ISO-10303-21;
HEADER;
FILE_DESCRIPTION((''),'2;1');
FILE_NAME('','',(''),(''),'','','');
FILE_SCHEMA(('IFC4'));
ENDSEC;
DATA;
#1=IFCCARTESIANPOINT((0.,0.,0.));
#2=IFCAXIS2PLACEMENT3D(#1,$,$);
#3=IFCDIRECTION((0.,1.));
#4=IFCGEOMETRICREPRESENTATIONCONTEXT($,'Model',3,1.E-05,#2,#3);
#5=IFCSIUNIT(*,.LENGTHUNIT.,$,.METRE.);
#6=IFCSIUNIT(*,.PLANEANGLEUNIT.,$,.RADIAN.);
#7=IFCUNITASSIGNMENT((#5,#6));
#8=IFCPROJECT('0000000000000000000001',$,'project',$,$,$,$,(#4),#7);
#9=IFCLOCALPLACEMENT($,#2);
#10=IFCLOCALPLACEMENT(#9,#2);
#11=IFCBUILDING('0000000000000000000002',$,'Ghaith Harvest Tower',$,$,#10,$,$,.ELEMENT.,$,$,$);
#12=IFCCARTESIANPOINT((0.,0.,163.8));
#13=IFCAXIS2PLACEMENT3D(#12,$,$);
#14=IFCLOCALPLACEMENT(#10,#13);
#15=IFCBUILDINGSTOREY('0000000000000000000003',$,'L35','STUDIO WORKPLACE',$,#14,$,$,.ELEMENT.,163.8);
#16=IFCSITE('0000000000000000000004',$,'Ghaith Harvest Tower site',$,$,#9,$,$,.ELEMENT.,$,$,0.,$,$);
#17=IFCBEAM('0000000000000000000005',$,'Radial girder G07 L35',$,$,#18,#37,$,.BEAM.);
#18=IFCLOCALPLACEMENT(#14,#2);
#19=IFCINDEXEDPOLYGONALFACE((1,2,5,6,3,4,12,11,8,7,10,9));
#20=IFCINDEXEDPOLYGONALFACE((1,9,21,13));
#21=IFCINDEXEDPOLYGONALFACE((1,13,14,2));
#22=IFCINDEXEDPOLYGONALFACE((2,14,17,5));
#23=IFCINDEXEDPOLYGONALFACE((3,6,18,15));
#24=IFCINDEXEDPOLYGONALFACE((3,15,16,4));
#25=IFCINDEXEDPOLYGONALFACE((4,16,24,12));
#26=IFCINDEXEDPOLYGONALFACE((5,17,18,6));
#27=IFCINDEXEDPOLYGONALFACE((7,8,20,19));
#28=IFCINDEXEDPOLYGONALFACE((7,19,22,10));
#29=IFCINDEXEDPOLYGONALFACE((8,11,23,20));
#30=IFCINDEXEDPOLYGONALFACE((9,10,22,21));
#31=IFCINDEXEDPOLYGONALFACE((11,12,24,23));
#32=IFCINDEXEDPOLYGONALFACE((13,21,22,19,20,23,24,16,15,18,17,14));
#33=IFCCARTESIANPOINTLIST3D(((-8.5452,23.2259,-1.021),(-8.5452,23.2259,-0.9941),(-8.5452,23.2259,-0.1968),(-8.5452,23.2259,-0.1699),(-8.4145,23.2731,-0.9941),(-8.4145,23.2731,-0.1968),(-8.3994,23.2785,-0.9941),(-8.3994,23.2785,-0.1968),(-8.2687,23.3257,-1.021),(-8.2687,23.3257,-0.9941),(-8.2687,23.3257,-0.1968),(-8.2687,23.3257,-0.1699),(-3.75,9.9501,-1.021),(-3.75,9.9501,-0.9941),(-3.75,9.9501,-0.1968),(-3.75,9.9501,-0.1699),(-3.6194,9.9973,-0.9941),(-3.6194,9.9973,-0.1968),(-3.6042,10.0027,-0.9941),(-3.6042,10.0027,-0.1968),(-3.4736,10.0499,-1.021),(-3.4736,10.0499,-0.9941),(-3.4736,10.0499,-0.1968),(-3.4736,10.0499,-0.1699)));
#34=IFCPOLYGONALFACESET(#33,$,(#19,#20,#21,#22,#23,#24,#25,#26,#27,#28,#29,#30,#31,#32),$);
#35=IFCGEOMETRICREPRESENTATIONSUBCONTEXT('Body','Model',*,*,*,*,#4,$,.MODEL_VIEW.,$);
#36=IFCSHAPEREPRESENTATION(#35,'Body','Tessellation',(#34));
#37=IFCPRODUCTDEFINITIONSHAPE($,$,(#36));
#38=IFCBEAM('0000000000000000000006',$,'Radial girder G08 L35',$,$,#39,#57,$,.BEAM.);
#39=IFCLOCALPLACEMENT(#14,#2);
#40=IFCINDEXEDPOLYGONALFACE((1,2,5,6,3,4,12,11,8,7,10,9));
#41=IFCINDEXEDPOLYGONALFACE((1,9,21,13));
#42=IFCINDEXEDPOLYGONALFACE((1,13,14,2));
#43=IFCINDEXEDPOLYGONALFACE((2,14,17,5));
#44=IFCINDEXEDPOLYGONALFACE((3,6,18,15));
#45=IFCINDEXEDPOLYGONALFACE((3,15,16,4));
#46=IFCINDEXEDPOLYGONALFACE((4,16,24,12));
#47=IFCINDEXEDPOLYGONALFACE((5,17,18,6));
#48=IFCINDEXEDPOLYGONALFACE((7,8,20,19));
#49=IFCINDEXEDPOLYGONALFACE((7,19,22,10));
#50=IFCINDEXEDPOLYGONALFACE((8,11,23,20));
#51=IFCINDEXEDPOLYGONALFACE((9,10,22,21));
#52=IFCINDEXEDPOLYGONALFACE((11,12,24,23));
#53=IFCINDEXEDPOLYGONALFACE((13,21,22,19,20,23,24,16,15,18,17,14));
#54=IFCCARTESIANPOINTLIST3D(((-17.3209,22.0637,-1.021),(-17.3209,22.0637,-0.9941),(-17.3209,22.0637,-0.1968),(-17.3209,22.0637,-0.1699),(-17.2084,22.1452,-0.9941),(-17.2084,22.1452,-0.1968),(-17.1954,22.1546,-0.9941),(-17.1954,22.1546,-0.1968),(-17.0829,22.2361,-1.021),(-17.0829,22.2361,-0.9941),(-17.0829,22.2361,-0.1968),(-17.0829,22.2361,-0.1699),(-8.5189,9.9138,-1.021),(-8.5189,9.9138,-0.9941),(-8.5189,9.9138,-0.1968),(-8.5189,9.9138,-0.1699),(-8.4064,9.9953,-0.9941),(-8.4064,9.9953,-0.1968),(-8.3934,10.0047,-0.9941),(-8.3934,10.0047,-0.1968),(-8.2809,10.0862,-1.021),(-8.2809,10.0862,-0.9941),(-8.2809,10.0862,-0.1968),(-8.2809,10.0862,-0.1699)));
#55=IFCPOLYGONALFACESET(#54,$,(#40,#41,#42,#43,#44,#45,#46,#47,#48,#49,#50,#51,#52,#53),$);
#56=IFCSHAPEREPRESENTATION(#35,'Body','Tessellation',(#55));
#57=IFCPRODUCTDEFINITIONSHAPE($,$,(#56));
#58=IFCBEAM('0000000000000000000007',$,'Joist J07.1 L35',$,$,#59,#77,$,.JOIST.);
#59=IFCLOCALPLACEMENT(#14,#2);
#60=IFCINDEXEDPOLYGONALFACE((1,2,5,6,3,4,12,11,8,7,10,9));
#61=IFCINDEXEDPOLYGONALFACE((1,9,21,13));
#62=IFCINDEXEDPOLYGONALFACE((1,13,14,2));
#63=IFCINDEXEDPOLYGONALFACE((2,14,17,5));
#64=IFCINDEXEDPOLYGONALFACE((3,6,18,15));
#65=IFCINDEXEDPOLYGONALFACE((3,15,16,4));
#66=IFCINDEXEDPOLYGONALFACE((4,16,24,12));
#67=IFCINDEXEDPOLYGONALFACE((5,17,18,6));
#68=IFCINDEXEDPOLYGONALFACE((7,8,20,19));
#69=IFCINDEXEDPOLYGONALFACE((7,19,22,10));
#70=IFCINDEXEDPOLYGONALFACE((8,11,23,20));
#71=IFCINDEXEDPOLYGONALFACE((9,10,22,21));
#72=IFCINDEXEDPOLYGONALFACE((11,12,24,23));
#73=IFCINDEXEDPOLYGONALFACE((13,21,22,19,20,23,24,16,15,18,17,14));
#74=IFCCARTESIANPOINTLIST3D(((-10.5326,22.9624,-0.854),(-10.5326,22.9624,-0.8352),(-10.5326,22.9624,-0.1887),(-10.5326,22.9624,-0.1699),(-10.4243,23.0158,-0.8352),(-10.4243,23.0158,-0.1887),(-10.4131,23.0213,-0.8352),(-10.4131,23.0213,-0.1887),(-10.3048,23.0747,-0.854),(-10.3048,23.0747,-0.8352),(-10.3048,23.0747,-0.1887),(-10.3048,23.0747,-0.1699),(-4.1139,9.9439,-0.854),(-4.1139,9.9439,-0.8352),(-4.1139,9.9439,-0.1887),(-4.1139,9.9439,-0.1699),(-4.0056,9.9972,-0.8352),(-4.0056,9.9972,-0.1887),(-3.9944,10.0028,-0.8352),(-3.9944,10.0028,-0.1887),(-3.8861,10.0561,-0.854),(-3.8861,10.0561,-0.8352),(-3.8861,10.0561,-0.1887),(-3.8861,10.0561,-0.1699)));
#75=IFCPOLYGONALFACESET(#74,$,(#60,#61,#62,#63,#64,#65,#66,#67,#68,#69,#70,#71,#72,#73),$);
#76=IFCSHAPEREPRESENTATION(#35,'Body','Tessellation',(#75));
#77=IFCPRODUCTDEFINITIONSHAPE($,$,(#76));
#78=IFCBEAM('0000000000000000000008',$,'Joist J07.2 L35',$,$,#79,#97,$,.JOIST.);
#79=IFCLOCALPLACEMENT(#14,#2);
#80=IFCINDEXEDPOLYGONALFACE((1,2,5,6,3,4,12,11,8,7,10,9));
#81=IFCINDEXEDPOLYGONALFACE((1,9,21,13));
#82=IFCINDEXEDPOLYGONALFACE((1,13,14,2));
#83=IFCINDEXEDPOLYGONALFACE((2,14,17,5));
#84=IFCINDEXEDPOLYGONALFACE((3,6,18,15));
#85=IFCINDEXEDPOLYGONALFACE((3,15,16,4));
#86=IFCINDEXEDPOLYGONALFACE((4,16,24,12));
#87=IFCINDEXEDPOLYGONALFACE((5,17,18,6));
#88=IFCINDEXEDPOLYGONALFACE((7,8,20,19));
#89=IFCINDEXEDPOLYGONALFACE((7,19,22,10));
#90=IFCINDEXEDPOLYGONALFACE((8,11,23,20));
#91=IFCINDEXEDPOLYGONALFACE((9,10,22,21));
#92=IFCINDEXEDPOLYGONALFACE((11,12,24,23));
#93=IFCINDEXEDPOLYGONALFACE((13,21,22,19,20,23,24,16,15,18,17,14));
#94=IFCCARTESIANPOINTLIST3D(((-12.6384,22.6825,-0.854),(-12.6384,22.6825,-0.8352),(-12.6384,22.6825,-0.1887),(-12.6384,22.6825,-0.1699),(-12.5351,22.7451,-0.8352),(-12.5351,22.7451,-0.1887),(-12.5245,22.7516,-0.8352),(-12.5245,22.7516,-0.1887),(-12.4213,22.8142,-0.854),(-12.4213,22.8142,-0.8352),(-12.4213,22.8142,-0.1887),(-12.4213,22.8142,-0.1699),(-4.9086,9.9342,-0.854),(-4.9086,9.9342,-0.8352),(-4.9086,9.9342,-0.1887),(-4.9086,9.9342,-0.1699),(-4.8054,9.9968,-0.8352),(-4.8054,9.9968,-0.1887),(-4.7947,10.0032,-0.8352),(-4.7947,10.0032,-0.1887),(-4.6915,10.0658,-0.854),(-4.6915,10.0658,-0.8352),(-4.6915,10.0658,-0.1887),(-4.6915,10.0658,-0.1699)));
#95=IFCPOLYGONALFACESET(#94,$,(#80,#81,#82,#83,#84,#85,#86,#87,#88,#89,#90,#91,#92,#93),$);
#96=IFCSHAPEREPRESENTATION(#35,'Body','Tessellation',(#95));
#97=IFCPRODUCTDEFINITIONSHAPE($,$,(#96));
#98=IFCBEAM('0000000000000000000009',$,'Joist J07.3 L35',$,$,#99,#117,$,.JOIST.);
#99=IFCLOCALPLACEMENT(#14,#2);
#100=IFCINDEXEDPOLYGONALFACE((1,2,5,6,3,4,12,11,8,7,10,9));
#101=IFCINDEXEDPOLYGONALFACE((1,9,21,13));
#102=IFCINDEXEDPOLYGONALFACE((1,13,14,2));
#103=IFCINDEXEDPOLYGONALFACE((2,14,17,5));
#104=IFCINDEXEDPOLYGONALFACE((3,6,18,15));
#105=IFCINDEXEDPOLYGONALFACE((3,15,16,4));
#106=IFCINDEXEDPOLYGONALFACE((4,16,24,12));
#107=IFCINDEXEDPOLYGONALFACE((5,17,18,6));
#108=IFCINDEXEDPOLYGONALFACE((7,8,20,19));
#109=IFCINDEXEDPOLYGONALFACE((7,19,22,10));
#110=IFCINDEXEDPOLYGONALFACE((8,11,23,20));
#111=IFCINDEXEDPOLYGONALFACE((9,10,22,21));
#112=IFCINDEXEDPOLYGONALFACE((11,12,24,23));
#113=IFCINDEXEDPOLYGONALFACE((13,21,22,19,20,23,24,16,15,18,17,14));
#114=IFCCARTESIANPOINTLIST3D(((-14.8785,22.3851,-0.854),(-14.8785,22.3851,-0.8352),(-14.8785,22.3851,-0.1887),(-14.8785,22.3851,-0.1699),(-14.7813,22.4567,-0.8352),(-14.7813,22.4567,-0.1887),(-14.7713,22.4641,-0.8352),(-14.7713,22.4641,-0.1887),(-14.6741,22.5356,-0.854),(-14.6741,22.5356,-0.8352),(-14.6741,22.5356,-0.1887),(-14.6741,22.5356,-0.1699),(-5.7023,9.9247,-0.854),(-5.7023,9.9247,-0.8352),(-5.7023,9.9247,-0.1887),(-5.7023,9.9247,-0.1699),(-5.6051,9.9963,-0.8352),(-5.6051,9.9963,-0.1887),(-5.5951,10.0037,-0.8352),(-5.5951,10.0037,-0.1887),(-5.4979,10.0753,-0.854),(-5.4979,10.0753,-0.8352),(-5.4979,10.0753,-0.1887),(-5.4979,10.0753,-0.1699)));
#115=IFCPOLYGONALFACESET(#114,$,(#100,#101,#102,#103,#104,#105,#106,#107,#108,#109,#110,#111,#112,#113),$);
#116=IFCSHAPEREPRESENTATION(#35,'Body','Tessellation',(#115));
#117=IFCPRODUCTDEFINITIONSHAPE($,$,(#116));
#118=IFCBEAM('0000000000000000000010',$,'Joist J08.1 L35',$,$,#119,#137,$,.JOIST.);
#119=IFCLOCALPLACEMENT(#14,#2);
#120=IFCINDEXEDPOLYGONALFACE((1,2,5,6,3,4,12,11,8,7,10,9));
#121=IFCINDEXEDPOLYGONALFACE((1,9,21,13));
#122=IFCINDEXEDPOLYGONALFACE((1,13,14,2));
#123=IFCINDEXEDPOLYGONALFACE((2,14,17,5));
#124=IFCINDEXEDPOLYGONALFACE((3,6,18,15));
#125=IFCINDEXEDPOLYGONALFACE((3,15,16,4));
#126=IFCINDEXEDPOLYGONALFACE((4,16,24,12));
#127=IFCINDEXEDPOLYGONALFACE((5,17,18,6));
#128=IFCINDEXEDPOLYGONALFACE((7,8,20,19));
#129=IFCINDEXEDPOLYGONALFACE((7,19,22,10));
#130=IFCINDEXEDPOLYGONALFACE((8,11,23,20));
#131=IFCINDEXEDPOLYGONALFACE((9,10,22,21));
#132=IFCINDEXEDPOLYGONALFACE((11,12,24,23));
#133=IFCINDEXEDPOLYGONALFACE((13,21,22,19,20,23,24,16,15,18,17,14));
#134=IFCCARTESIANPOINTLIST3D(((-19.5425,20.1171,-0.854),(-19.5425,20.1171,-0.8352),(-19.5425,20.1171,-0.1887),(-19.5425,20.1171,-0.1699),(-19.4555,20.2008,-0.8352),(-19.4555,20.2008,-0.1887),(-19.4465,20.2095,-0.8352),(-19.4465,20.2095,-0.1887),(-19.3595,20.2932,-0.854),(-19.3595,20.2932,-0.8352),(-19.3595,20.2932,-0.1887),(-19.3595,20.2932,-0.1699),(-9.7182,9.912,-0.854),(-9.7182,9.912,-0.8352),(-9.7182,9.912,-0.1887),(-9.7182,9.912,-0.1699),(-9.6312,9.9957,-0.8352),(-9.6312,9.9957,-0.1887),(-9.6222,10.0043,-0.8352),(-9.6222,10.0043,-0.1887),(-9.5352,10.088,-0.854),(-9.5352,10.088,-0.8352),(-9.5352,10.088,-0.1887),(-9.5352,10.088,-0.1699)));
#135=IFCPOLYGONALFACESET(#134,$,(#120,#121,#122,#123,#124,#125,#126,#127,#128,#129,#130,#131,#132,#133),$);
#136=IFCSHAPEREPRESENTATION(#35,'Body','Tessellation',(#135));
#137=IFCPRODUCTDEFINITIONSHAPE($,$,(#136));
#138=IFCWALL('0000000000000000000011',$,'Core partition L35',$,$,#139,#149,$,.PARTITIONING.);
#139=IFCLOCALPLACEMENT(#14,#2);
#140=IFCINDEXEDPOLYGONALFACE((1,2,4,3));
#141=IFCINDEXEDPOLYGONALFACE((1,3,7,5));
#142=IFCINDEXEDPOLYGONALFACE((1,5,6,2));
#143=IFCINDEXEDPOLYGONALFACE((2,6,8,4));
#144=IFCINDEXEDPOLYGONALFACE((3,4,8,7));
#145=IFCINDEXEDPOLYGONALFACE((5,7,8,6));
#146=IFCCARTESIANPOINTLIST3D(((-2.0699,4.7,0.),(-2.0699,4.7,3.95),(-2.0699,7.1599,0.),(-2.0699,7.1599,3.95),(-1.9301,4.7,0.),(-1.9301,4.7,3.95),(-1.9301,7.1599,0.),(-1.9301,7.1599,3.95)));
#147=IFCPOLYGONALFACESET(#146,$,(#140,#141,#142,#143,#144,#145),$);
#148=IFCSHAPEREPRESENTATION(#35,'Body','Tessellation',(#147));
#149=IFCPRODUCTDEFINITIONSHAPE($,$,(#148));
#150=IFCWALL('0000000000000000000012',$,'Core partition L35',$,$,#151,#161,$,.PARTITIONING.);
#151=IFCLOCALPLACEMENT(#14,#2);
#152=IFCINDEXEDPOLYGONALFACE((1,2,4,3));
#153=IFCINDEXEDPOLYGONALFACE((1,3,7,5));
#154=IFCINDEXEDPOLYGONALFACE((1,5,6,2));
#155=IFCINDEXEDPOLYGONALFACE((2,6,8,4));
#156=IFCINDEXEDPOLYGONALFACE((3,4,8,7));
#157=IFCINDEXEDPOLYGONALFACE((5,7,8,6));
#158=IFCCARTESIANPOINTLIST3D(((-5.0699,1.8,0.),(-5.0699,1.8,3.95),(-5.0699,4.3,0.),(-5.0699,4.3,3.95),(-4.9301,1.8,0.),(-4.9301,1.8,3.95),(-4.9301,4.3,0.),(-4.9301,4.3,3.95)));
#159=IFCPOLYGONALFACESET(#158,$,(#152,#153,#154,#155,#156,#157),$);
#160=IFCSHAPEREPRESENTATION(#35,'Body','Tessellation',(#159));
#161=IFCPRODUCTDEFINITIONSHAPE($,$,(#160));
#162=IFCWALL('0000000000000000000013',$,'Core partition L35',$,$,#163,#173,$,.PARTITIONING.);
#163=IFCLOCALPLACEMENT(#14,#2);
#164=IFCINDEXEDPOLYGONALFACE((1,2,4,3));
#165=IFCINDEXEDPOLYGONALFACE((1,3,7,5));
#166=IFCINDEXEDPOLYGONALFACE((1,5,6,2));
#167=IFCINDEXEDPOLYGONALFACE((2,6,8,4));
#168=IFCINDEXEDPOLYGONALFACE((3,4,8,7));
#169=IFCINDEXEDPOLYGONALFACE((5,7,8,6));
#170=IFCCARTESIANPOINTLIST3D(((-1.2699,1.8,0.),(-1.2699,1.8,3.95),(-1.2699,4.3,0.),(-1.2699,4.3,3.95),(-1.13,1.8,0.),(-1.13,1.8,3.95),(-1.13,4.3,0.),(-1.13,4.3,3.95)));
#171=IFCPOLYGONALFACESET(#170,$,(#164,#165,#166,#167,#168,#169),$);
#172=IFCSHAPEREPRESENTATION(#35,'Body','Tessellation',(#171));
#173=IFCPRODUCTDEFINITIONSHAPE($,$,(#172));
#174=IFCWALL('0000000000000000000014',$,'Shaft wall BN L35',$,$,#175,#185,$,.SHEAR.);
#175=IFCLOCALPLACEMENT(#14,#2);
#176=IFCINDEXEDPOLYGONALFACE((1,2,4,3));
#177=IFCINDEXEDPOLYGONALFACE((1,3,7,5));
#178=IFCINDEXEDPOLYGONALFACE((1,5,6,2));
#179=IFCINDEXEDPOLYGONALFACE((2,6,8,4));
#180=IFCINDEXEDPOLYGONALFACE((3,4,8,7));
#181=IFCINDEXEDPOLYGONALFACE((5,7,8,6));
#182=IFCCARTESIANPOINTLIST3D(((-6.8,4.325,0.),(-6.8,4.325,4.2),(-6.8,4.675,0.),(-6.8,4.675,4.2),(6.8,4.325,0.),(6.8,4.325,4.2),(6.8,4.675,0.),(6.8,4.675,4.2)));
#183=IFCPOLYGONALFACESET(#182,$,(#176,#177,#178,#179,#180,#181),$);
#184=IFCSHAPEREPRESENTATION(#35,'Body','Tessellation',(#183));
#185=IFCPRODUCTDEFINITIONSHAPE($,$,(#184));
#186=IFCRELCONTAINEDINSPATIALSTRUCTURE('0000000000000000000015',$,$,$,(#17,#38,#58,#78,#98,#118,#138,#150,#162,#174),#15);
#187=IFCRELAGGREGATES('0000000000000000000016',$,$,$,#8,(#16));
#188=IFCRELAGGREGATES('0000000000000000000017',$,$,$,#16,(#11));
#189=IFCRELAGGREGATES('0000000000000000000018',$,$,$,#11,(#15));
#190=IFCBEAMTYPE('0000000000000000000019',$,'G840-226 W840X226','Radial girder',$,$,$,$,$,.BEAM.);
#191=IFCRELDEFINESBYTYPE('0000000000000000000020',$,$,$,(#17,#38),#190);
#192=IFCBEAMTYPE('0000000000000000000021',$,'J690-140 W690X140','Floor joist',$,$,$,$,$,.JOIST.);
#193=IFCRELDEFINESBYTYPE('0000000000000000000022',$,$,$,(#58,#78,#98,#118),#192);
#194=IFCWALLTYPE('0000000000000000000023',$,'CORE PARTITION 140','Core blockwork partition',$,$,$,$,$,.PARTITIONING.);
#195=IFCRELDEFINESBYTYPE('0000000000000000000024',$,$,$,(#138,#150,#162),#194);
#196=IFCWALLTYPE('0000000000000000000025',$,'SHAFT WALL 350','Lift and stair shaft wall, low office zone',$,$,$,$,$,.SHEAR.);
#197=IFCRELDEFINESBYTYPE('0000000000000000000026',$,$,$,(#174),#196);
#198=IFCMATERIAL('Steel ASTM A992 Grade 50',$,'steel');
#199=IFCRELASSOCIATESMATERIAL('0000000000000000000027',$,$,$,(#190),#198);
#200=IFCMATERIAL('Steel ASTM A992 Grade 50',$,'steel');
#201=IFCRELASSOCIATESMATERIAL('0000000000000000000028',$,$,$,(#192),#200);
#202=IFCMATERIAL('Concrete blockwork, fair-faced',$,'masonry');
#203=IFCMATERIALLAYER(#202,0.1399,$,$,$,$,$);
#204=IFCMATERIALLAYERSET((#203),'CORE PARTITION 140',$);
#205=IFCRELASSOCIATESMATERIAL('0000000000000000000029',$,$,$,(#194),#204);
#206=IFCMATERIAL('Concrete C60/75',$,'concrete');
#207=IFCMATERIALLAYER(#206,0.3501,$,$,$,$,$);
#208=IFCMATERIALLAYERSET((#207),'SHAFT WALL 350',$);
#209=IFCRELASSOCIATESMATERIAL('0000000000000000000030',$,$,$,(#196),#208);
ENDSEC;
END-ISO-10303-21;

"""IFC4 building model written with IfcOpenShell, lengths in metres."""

from ifc_helpers import new_model, si_unit, direction, frame, frame_2d, origin, origin_2d, place, context, subcontext, project, spatial, rectangle, i_section, extrude, material, layer, layer_set, material_profile, profile_set, type_object, element, save


model = new_model("IFC4")

# Units and contexts
model_context = context("Model", 3, precision=1e-05, world=origin(), true_north=direction((0.0, 1.0)))
body_context = subcontext(model_context, "Body", "Model", "MODEL_VIEW")
ifc_project = project(units=[si_unit("LENGTHUNIT", "METRE"), si_unit("PLANEANGLEUNIT", "RADIAN")], contexts=[model_context])

# Site, building, storey
site_placement = place(None, origin())
site = spatial("IfcSite", under=ifc_project, at=site_placement, Name="Ghaith Harvest Tower site", CompositionType="ELEMENT", RefElevation=0.0)
building_placement = place(site_placement, origin())
building = spatial("IfcBuilding", under=site, at=building_placement, Name="Ghaith Harvest Tower", CompositionType="ELEMENT")
storey_placement = place(building_placement, frame((0.0, 0.0, 163.8)))
storey = spatial("IfcBuildingStorey", under=building, at=storey_placement, Name="L35", Description="STUDIO WORKPLACE", CompositionType="ELEMENT", Elevation=163.8)

# Beams
ifc_material_1 = material(Name="Steel ASTM A992 Grade 50", Category="steel")
ifc_material_profile_1 = material_profile(ifc_material_1, i_section(OverallWidth=0.2939, OverallDepth=0.8511, WebThickness=0.0161, FlangeThickness=0.0269, at=origin_2d()), Name="W840X226")
ifc_profile_set_1 = profile_set([ifc_material_profile_1], Name="Steel ASTM A992 Grade 50")
beam_type_1 = type_object("IfcBeamType", Name="G840-226 W840X226", Description="Radial girder", PredefinedType="BEAM", material=ifc_profile_set_1)
beam_1_placement = place(storey_placement, frame((-3.6118, 10.0, -0.5955), z_axis=(-0.339713, 0.940529, 0.0), x_axis=(-0.940529, -0.339713, 0.0)))
element("IfcBeam", 1, at=beam_1_placement, inside=storey, type_object=beam_type_1, Name="Radial girder G07 L35", PredefinedType="BEAM", context=body_context, shape_type="SweptSolid", body=[
    extrude(i_section(OverallWidth=0.2939, OverallDepth=0.8511, WebThickness=0.0161, FlangeThickness=0.0269, at=origin_2d()), origin(), (0.0, 0.0, 1.0), 14.1152),
])
beam_2_placement = place(storey_placement, frame((-8.3999, 10.0, -0.5955), z_axis=(-0.586676, 0.809822, 0.0), x_axis=(-0.809822, -0.586676, 0.0)))
element("IfcBeam", 2, at=beam_2_placement, inside=storey, type_object=beam_type_1, Name="Radial girder G08 L35", PredefinedType="BEAM", context=body_context, shape_type="SweptSolid", body=[
    extrude(i_section(OverallWidth=0.2939, OverallDepth=0.8511, WebThickness=0.0161, FlangeThickness=0.0269, at=origin_2d()), origin(), (0.0, 0.0, 1.0), 15.0032),
])
ifc_material_2 = material(Name="Steel ASTM A992 Grade 50", Category="steel")
ifc_material_profile_2 = material_profile(ifc_material_2, i_section(OverallWidth=0.2539, OverallDepth=0.6841, WebThickness=0.0125, FlangeThickness=0.0188, at=origin_2d()), Name="W690X140")
ifc_profile_set_2 = profile_set([ifc_material_profile_2], Name="Steel ASTM A992 Grade 50")
beam_type_2 = type_object("IfcBeamType", Name="J690-140 W690X140", Description="Floor joist", PredefinedType="JOIST", material=ifc_profile_set_2)
beam_3_placement = place(storey_placement, frame((-4.0, 10.0, -0.512), z_axis=(-0.442214, 0.896909, 0.0), x_axis=(-0.896909, -0.442214, 0.0)))
element("IfcBeam", 3, at=beam_3_placement, inside=storey, type_object=beam_type_2, Name="Joist J07.1 L35", PredefinedType="JOIST", context=body_context, shape_type="SweptSolid", body=[
    extrude(i_section(OverallWidth=0.2539, OverallDepth=0.6841, WebThickness=0.0125, FlangeThickness=0.0188, at=origin_2d()), origin(), (0.0, 0.0, 1.0), 14.5149),
])
beam_4_placement = place(storey_placement, frame((-4.8, 10.0, -0.512), z_axis=(-0.518473, 0.855094, 0.0), x_axis=(-0.855094, -0.518473, 0.0)))
element("IfcBeam", 4, at=beam_4_placement, inside=storey, type_object=beam_type_2, Name="Joist J07.2 L35", PredefinedType="JOIST", context=body_context, shape_type="SweptSolid", body=[
    extrude(i_section(OverallWidth=0.2539, OverallDepth=0.6841, WebThickness=0.0125, FlangeThickness=0.0188, at=origin_2d()), origin(), (0.0, 0.0, 1.0), 14.9087),
])
beam_5_placement = place(storey_placement, frame((-5.6001, 10.0, -0.512), z_axis=(-0.592985, 0.805214, 0.0), x_axis=(-0.805214, -0.592985, 0.0)))
element("IfcBeam", 5, at=beam_5_placement, inside=storey, type_object=beam_type_2, Name="Joist J07.3 L35", PredefinedType="JOIST", context=body_context, shape_type="SweptSolid", body=[
    extrude(i_section(OverallWidth=0.2539, OverallDepth=0.6841, WebThickness=0.0125, FlangeThickness=0.0188, at=origin_2d()), origin(), (0.0, 0.0, 1.0), 15.4746),
])
beam_6_placement = place(storey_placement, frame((-9.6267, 10.0, -0.512), z_axis=(-0.693536, 0.720422, 0.0), x_axis=(-0.720422, -0.693536, 0.0)))
element("IfcBeam", 6, at=beam_6_placement, inside=storey, type_object=beam_type_2, Name="Joist J08.1 L35", PredefinedType="JOIST", context=body_context, shape_type="SweptSolid", body=[
    extrude(i_section(OverallWidth=0.2539, OverallDepth=0.6841, WebThickness=0.0125, FlangeThickness=0.0188, at=origin_2d()), origin(), (0.0, 0.0, 1.0), 14.1655),
])

# Shared definitions
ifc_material_3 = material(Name="Concrete blockwork, fair-faced", Category="masonry")
ifc_layer_1 = layer(ifc_material_3, 0.1399)
ifc_layer_set_1 = layer_set([ifc_layer_1], Name="CORE PARTITION 140")
wall_type_1 = type_object("IfcWallType", Name="CORE PARTITION 140", Description="Core blockwork partition", PredefinedType="PARTITIONING", material=ifc_layer_set_1)

# Walls
wall_1_placement = place(storey_placement, frame((-2.0, 4.7, 0.0), z_axis=(0.0, 0.0, 1.0), x_axis=(0.0, 1.0, 0.0)))
element("IfcWall", 7, at=wall_1_placement, inside=storey, type_object=wall_type_1, Name="Core partition L35", PredefinedType="PARTITIONING", context=body_context, shape_type="SweptSolid", body=[
    extrude(rectangle(XDim=2.46, YDim=0.1399, at=frame_2d((1.23, 0.0))), origin(), (0.0, 0.0, 1.0), 3.95),
])
for number, where, z_axis, x_axis, name in (
    (8, (-5.0, 1.8, 0.0), (0.0, 0.0, 1.0), (0.0, 1.0, 0.0), "Core partition L35"),
    (9, (-1.2, 1.8, 0.0), (0.0, 0.0, 1.0), (0.0, 1.0, 0.0), "Core partition L35"),
):
    element("IfcWall", number, at=place(storey_placement, frame(where, z_axis=z_axis, x_axis=x_axis)), inside=storey, type_object=wall_type_1, Name=name, PredefinedType="PARTITIONING", context=body_context, shape_type="SweptSolid", body=[
        extrude(rectangle(XDim=2.5, YDim=0.1399, at=frame_2d((1.25, 0.0))), origin(), (0.0, 0.0, 1.0), 3.95),
    ])

# Shared definitions
ifc_material_4 = material(Name="Concrete C60/75", Category="concrete")
ifc_layer_2 = layer(ifc_material_4, 0.3501)
ifc_layer_set_2 = layer_set([ifc_layer_2], Name="SHAFT WALL 350")
wall_type_2 = type_object("IfcWallType", Name="SHAFT WALL 350", Description="Lift and stair shaft wall, low office zone", PredefinedType="SHEAR", material=ifc_layer_set_2)

# Wall
wall_2_placement = place(storey_placement, frame((-6.8, 4.5, 0.0), z_axis=(0.0, 0.0, 1.0), x_axis=(1.0, 0.0, 0.0)))
element("IfcWall", 10, at=wall_2_placement, inside=storey, type_object=wall_type_2, Name="Shaft wall BN L35", PredefinedType="SHEAR", context=body_context, shape_type="SweptSolid", body=[
    extrude(rectangle(XDim=13.6001, YDim=0.3501, at=frame_2d((6.8, 0.0))), origin(), (0.0, 0.0, 1.0), 4.2),
])

save(model, "model.ifc")
